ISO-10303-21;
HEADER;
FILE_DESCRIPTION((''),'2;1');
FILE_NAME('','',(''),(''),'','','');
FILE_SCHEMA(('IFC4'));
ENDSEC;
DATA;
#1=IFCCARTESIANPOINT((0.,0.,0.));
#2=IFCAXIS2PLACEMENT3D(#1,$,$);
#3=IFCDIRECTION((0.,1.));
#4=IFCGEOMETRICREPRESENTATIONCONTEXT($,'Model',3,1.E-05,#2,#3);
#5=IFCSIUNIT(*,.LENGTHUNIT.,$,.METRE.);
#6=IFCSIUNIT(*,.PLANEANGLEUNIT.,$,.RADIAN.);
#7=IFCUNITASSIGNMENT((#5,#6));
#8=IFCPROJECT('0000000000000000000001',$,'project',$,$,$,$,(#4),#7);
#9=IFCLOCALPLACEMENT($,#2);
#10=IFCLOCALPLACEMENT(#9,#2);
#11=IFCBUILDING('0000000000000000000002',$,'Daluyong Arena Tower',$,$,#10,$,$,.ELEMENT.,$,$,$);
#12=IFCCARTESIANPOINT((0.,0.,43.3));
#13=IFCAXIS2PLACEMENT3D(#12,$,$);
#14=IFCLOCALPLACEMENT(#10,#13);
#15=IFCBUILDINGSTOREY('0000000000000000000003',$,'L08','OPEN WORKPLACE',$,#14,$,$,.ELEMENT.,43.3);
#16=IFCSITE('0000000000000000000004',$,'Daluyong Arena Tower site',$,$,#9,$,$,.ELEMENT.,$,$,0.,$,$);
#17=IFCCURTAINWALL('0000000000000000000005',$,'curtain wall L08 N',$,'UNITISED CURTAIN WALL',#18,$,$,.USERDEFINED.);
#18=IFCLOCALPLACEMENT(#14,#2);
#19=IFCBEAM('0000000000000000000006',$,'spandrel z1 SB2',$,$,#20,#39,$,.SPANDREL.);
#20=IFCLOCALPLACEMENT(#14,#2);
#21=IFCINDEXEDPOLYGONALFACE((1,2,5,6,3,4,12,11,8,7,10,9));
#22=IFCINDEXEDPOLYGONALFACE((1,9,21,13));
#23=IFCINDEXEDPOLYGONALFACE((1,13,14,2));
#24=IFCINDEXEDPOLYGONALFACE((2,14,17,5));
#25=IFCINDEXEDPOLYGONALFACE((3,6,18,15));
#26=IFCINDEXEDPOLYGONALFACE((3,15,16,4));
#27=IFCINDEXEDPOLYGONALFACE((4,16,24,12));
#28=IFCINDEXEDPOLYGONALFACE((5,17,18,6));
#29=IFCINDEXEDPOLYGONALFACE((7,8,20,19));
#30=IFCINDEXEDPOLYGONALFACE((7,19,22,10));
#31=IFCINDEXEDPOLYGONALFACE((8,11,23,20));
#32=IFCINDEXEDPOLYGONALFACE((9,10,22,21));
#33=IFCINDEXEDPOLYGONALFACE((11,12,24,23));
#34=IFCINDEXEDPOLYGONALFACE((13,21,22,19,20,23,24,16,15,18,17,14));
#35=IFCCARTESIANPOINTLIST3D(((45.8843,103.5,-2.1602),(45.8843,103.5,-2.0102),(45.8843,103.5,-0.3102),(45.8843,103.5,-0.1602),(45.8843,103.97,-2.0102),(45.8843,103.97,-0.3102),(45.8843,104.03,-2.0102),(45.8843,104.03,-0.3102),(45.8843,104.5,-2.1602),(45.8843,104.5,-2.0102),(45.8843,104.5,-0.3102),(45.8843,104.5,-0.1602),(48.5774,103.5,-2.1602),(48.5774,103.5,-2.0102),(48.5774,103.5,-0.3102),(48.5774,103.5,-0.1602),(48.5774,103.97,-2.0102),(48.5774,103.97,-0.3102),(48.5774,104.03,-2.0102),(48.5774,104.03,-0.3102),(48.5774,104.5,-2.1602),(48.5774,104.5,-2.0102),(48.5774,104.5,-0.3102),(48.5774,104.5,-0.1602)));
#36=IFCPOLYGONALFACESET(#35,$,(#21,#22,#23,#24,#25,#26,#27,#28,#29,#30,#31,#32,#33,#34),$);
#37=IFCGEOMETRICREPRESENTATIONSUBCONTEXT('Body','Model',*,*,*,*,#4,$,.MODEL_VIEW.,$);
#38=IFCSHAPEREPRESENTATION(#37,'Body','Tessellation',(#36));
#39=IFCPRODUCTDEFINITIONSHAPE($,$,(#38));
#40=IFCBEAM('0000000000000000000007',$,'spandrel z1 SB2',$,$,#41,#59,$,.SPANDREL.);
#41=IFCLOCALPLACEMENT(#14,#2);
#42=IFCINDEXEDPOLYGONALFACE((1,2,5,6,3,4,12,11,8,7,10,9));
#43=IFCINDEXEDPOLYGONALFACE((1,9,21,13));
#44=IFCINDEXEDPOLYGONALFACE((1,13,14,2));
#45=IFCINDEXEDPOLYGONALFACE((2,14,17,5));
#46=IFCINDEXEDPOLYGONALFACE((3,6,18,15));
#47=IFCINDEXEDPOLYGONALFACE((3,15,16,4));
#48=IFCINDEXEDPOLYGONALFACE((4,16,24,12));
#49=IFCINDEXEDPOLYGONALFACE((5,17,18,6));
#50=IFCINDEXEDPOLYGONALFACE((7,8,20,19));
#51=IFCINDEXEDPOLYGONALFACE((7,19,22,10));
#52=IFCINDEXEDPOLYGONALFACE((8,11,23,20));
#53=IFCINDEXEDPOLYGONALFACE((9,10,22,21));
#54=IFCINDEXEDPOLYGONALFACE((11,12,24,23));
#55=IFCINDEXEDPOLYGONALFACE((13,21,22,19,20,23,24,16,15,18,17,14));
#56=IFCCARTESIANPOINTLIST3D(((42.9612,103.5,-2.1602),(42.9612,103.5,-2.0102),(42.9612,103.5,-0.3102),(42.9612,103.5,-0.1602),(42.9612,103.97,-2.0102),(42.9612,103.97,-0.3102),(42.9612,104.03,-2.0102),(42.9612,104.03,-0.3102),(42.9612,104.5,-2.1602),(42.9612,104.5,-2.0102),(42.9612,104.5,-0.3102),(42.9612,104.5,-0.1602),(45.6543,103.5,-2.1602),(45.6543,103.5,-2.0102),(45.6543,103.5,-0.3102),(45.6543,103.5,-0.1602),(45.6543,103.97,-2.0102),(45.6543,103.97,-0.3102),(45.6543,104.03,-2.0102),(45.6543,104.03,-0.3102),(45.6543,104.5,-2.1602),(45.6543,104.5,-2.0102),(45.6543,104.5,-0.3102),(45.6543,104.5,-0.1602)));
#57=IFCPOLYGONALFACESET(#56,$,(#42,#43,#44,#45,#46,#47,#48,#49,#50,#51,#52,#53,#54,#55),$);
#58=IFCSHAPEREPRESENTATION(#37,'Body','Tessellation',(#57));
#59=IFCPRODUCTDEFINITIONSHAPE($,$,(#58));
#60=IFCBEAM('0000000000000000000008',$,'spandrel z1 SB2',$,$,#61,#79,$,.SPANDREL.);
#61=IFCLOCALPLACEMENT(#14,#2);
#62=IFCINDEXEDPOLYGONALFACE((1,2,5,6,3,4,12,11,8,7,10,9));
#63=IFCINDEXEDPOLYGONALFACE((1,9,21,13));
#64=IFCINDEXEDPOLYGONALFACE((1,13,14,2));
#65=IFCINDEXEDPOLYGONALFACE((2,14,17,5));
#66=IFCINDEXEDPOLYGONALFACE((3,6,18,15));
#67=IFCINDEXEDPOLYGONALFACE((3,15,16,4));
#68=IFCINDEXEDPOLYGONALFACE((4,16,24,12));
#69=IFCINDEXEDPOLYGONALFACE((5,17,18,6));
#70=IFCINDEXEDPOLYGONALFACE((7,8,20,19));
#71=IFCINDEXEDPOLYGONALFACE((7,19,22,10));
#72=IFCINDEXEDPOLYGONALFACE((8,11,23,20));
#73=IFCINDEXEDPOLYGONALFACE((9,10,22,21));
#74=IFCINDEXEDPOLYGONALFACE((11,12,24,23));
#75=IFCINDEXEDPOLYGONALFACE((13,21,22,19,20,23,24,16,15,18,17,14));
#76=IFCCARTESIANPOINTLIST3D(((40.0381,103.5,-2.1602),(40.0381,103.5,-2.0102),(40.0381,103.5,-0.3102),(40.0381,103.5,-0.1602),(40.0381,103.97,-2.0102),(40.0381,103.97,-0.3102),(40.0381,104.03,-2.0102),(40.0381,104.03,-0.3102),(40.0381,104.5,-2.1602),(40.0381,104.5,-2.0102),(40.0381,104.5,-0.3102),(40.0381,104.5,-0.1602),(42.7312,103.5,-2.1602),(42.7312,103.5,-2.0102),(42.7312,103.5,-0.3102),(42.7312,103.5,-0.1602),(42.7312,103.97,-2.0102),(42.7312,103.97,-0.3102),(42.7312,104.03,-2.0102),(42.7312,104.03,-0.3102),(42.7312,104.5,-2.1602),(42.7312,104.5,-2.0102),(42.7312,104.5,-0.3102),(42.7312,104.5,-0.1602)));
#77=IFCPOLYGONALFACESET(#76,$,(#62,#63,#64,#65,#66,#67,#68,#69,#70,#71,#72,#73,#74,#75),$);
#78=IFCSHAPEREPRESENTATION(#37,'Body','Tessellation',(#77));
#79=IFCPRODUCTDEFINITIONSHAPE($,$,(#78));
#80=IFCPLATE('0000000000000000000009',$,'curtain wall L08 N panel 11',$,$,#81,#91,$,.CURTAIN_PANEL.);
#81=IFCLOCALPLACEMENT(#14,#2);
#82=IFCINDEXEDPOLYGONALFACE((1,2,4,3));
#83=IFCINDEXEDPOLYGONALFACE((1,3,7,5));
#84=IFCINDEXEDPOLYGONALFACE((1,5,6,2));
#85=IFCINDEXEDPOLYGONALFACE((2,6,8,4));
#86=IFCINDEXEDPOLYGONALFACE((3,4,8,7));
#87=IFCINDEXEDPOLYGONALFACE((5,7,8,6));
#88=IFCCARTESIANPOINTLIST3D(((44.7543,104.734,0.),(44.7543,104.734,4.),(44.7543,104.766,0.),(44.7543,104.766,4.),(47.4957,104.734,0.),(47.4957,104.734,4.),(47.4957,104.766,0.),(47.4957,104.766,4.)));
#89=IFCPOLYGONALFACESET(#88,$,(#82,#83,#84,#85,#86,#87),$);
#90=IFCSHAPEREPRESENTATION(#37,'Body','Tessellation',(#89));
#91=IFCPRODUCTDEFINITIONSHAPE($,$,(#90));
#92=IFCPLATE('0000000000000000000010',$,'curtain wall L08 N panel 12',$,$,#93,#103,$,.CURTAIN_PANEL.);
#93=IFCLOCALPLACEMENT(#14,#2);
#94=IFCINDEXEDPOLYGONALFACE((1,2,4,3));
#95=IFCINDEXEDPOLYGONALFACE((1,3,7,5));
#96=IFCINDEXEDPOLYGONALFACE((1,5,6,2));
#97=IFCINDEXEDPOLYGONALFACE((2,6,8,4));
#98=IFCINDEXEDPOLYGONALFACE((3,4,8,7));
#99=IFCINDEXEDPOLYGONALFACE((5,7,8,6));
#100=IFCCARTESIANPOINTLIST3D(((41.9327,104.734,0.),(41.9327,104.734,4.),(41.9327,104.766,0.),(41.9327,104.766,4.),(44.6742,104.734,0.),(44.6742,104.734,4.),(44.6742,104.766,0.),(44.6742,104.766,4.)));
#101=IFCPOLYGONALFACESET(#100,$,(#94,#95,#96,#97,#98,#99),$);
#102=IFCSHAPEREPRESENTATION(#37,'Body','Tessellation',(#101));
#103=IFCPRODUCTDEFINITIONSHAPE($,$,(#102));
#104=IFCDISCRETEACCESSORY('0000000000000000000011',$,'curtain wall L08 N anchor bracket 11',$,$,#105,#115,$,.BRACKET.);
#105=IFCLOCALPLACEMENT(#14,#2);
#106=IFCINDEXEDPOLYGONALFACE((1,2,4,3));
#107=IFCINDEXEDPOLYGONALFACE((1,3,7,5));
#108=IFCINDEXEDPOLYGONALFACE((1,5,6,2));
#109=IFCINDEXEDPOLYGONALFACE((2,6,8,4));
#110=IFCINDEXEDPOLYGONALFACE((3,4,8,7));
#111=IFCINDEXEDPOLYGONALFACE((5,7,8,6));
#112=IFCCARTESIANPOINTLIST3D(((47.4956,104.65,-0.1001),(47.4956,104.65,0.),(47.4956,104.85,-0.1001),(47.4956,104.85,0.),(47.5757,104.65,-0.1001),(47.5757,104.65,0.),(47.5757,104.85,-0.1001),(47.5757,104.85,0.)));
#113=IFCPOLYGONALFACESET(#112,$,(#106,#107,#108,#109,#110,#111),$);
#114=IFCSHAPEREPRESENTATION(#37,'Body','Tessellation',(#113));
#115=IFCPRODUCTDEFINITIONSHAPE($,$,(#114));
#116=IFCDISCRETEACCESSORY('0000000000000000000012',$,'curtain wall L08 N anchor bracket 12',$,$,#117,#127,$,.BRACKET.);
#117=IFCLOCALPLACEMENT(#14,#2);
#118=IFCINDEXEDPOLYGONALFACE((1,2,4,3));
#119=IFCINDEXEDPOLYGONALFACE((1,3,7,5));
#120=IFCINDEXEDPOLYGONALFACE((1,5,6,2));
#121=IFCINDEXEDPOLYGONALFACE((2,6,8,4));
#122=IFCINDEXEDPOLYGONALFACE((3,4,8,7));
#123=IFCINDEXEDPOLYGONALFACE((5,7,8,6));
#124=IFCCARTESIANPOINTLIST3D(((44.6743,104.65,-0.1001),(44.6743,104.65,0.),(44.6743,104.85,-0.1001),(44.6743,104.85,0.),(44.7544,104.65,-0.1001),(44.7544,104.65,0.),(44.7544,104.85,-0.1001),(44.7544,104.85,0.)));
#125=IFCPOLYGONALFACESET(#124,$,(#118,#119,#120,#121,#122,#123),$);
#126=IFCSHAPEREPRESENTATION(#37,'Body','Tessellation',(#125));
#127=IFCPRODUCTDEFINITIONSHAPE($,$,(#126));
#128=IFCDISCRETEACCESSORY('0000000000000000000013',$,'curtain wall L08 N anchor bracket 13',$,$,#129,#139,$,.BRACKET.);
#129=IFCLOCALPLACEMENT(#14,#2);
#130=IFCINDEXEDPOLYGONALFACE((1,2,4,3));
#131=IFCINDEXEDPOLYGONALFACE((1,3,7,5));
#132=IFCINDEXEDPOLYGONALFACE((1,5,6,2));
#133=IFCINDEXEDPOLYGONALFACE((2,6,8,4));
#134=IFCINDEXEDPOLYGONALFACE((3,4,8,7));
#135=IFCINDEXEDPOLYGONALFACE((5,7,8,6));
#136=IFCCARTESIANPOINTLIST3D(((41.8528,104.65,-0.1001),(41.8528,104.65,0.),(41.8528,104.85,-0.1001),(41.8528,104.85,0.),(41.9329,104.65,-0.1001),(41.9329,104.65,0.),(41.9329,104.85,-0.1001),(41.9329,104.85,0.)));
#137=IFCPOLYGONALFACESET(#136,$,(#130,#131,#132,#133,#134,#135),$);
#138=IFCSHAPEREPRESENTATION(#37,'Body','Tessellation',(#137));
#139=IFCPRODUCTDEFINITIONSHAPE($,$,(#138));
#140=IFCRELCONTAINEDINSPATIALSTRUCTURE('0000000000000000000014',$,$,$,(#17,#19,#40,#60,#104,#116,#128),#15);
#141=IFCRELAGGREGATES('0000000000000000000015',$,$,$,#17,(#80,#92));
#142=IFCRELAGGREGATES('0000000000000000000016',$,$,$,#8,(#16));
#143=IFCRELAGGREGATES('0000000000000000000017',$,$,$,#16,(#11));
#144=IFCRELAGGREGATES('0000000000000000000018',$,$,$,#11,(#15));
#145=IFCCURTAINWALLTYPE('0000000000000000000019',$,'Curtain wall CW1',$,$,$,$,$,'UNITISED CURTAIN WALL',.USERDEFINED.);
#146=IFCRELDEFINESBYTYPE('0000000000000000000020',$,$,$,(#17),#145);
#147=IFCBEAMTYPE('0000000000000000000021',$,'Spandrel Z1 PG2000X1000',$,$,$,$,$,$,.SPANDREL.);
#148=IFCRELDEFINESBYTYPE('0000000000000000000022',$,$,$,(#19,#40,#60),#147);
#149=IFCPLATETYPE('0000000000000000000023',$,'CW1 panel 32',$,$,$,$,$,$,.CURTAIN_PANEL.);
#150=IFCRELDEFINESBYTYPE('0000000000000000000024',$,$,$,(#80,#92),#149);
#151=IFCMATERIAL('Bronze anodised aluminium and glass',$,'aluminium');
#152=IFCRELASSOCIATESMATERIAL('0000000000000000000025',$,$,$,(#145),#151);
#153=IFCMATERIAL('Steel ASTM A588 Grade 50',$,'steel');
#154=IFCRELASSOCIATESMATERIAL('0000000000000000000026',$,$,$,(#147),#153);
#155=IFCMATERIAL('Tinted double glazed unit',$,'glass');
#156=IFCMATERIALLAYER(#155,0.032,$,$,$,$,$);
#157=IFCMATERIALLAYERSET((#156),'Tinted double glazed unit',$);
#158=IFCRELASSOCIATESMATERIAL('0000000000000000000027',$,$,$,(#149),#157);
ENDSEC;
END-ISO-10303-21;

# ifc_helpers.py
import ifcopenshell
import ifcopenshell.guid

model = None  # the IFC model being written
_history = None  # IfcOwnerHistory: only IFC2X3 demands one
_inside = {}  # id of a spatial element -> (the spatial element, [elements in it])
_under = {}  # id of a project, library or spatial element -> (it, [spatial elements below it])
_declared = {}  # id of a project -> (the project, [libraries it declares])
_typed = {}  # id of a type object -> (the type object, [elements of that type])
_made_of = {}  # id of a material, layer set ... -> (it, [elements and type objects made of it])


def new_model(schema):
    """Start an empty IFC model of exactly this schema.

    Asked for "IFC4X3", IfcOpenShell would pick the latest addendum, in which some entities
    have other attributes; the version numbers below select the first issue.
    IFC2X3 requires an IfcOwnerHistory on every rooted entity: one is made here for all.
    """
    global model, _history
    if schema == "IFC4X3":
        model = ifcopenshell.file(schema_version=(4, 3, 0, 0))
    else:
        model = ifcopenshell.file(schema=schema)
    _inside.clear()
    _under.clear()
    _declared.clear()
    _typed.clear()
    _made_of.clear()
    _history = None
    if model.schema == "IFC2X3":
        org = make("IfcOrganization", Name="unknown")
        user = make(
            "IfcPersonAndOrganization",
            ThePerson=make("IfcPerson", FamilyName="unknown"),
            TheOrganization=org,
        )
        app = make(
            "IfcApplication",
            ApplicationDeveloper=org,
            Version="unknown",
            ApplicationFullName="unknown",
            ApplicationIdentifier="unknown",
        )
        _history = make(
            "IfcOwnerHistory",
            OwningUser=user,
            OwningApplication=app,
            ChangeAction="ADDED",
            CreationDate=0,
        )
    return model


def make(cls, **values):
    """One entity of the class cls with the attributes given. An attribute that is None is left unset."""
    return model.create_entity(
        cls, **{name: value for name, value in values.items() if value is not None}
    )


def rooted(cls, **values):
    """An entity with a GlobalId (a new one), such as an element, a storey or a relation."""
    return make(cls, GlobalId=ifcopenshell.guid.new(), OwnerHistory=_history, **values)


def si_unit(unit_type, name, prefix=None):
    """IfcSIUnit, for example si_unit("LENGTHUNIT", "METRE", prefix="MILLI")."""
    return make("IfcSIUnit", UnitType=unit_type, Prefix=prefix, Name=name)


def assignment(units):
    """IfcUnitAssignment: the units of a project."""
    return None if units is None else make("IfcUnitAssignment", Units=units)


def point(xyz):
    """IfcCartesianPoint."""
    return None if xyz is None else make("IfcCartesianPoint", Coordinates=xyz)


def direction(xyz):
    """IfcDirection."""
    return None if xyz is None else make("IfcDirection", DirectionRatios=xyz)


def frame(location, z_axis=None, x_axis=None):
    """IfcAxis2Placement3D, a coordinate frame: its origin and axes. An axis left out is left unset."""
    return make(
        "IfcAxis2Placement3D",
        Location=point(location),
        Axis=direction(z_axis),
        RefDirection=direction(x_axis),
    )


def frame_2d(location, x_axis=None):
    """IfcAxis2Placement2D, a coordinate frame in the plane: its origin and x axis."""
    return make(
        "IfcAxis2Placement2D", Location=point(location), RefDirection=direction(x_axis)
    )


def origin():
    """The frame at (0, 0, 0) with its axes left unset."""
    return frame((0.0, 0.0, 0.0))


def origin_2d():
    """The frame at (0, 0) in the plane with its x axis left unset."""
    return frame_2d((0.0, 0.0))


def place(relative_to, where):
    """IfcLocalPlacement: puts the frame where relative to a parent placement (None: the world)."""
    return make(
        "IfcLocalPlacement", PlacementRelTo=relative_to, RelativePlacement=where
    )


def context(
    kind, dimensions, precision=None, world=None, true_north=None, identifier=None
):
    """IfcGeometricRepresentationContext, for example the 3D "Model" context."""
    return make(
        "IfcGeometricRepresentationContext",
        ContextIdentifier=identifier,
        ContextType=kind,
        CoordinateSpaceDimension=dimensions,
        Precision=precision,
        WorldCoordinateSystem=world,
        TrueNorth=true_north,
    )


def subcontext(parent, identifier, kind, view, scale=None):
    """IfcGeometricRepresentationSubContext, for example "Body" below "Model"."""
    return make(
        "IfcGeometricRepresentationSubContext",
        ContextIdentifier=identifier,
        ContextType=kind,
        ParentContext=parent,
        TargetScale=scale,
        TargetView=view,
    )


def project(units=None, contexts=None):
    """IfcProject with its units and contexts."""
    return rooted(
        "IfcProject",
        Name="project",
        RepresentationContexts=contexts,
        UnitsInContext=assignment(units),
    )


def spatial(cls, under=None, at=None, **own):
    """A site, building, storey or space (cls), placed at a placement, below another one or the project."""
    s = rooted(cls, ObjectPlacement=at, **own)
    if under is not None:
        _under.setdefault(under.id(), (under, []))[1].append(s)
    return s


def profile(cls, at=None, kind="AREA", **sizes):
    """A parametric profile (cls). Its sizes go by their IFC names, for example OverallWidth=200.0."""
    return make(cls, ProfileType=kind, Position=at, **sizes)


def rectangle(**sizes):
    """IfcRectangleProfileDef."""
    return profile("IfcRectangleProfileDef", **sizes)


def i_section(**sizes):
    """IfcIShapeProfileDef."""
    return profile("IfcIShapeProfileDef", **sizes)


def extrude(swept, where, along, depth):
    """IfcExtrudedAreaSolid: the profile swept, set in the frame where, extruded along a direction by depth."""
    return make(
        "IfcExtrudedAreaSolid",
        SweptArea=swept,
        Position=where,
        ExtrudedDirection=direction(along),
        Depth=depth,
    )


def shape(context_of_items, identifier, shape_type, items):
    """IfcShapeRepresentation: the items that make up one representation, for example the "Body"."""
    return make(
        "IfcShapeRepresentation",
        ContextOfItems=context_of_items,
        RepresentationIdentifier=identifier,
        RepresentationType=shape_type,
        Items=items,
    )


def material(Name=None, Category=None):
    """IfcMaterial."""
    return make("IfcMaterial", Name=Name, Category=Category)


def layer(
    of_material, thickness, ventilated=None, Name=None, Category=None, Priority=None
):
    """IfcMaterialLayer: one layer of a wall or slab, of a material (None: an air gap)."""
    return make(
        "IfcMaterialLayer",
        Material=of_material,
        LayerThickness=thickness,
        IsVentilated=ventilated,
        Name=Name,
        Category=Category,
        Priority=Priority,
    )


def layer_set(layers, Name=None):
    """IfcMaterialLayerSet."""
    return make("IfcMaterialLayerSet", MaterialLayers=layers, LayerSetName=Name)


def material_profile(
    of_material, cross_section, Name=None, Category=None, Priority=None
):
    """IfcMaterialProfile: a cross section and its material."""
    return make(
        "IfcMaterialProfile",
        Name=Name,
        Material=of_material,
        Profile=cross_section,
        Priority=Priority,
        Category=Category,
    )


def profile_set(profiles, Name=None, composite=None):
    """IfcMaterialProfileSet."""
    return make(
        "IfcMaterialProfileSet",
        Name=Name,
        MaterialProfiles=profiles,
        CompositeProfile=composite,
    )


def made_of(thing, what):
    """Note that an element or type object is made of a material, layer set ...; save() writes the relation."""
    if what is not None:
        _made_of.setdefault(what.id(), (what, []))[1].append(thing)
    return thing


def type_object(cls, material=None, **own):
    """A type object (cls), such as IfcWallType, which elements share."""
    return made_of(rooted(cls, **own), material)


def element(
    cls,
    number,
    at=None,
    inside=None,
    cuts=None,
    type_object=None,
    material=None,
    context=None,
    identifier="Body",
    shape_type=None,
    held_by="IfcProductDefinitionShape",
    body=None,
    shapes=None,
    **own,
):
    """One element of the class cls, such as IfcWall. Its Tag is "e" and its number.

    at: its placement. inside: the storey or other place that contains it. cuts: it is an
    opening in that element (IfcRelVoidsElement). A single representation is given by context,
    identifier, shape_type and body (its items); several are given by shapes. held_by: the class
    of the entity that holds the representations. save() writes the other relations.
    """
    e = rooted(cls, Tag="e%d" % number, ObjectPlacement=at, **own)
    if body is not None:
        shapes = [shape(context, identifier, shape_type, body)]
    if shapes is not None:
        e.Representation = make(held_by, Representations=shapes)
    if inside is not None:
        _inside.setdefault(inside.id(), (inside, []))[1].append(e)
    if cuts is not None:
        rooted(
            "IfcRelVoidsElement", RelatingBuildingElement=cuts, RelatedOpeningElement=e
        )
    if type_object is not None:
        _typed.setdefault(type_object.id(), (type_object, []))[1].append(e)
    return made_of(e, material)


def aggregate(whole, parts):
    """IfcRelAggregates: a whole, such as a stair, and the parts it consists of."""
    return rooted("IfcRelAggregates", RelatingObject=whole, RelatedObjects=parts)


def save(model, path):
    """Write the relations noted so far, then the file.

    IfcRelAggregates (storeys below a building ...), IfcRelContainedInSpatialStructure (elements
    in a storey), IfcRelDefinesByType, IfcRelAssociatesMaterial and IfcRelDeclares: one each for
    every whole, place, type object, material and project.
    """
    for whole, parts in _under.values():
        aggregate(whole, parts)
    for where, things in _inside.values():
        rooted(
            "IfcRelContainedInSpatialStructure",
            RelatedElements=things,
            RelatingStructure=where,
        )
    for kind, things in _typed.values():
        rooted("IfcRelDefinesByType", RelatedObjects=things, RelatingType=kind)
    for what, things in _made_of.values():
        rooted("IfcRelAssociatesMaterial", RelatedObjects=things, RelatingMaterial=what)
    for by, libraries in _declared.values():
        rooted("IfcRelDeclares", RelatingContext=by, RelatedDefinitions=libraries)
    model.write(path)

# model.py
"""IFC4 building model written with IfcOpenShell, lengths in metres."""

from ifc_helpers import new_model, si_unit, direction, frame, origin, origin_2d, place, context, subcontext, project, spatial, rectangle, i_section, extrude, material, layer, layer_set, material_profile, profile_set, type_object, element, aggregate, save


model = new_model("IFC4")

# Units and contexts
model_context = context("Model", 3, precision=1e-05, world=origin(), true_north=direction((0.0, 1.0)))
body_context = subcontext(model_context, "Body", "Model", "MODEL_VIEW")
ifc_project = project(units=[si_unit("LENGTHUNIT", "METRE"), si_unit("PLANEANGLEUNIT", "RADIAN")], contexts=[model_context])

# Site, building, storey
site_placement = place(None, origin())
site = spatial("IfcSite", under=ifc_project, at=site_placement, Name="Daluyong Arena Tower site", CompositionType="ELEMENT", RefElevation=0.0)
building_placement = place(site_placement, origin())
building = spatial("IfcBuilding", under=site, at=building_placement, Name="Daluyong Arena Tower", CompositionType="ELEMENT")
storey_placement = place(building_placement, frame((0.0, 0.0, 43.3)))
storey = spatial("IfcBuildingStorey", under=building, at=storey_placement, Name="L08", Description="OPEN WORKPLACE", CompositionType="ELEMENT", Elevation=43.3)

# Curtain wall
ifc_material_1 = material(Name="Bronze anodised aluminium and glass", Category="aluminium")
curtain_wall_type = type_object("IfcCurtainWallType", Name="Curtain wall CW1", ElementType="UNITISED CURTAIN WALL", PredefinedType="USERDEFINED", material=ifc_material_1)
curtain_wall_placement = place(storey_placement, origin())
curtain_wall = element("IfcCurtainWall", 1, at=curtain_wall_placement, inside=storey, type_object=curtain_wall_type, Name="curtain wall L08 N", ObjectType="UNITISED CURTAIN WALL", PredefinedType="USERDEFINED")

# Beams
ifc_material_2 = material(Name="Steel ASTM A588 Grade 50", Category="steel")
ifc_material_profile_1 = material_profile(ifc_material_2, i_section(OverallWidth=1.0, OverallDepth=2.0, WebThickness=0.06, FlangeThickness=0.15, at=origin_2d()))
ifc_profile_set_1 = profile_set([ifc_material_profile_1], Name="Steel ASTM A588 Grade 50")
beam_type_1 = type_object("IfcBeamType", Name="Spandrel Z1 PG2000X1000", PredefinedType="SPANDREL", material=ifc_profile_set_1)
for number, where, z_axis, x_axis, name in (
    (2, (48.5774, 104.0, -1.1602), (-1.0, 0.0, 0.0), (0.0, -1.0, 0.0), "spandrel z1 SB2"),
    (3, (45.6543, 104.0, -1.1602), (-1.0, 0.0, 0.0), (0.0, -1.0, 0.0), "spandrel z1 SB2"),
    (4, (42.7312, 104.0, -1.1602), (-1.0, 0.0, 0.0), (0.0, -1.0, 0.0), "spandrel z1 SB2"),
):
    element("IfcBeam", number, at=place(storey_placement, frame(where, z_axis=z_axis, x_axis=x_axis)), inside=storey, type_object=beam_type_1, Name=name, PredefinedType="SPANDREL", context=body_context, shape_type="SweptSolid", body=[
        extrude(i_section(OverallWidth=1.0, OverallDepth=2.0, WebThickness=0.06, FlangeThickness=0.15, at=origin_2d()), origin(), (0.0, 0.0, 1.0), 2.6931),
    ])

# Plates
ifc_material_3 = material(Name="Tinted double glazed unit", Category="glass")
ifc_layer = layer(ifc_material_3, 0.032)
ifc_layer_set = layer_set([ifc_layer], Name="Tinted double glazed unit")
plate_type = type_object("IfcPlateType", Name="CW1 panel 32", PredefinedType="CURTAIN_PANEL", material=ifc_layer_set)
plate_1_placement = place(storey_placement, frame((46.125, 104.75, 0.0), z_axis=(0.0, 0.0, 1.0), x_axis=(-1.0, 0.0, 0.0)))
plate_1 = element("IfcPlate", 5, at=plate_1_placement, type_object=plate_type, Name="curtain wall L08 N panel 11", PredefinedType="CURTAIN_PANEL", context=body_context, shape_type="SweptSolid", body=[
    extrude(rectangle(XDim=2.7415, YDim=0.032, at=origin_2d()), origin(), (0.0, 0.0, 1.0), 4.0),
])
plate_2_placement = place(storey_placement, frame((43.3035, 104.75, 0.0), z_axis=(0.0, 0.0, 1.0), x_axis=(-1.0, 0.0, 0.0)))
plate_2 = element("IfcPlate", 6, at=plate_2_placement, type_object=plate_type, Name="curtain wall L08 N panel 12", PredefinedType="CURTAIN_PANEL", context=body_context, shape_type="SweptSolid", body=[
    extrude(rectangle(XDim=2.7415, YDim=0.032, at=origin_2d()), origin(), (0.0, 0.0, 1.0), 4.0),
])
aggregate(curtain_wall, [plate_1, plate_2])

# Discrete accessories
for number, where, z_axis, x_axis, name in (
    (7, (47.5356, 104.75, -0.1001), (0.0, 0.0, 1.0), (-1.0, 0.0, 0.0), "curtain wall L08 N anchor bracket 11"),
    (8, (44.7144, 104.75, -0.1001), (0.0, 0.0, 1.0), (-1.0, 0.0, 0.0), "curtain wall L08 N anchor bracket 12"),
    (9, (41.8928, 104.75, -0.1001), (0.0, 0.0, 1.0), (-1.0, 0.0, 0.0), "curtain wall L08 N anchor bracket 13"),
):
    element("IfcDiscreteAccessory", number, at=place(storey_placement, frame(where, z_axis=z_axis, x_axis=x_axis)), inside=storey, Name=name, PredefinedType="BRACKET", context=body_context, shape_type="SweptSolid", body=[
        extrude(rectangle(XDim=0.0801, YDim=0.2, at=origin_2d()), origin(), (0.0, 0.0, 1.0), 0.1001),
    ])

save(model, "model.ifc")
